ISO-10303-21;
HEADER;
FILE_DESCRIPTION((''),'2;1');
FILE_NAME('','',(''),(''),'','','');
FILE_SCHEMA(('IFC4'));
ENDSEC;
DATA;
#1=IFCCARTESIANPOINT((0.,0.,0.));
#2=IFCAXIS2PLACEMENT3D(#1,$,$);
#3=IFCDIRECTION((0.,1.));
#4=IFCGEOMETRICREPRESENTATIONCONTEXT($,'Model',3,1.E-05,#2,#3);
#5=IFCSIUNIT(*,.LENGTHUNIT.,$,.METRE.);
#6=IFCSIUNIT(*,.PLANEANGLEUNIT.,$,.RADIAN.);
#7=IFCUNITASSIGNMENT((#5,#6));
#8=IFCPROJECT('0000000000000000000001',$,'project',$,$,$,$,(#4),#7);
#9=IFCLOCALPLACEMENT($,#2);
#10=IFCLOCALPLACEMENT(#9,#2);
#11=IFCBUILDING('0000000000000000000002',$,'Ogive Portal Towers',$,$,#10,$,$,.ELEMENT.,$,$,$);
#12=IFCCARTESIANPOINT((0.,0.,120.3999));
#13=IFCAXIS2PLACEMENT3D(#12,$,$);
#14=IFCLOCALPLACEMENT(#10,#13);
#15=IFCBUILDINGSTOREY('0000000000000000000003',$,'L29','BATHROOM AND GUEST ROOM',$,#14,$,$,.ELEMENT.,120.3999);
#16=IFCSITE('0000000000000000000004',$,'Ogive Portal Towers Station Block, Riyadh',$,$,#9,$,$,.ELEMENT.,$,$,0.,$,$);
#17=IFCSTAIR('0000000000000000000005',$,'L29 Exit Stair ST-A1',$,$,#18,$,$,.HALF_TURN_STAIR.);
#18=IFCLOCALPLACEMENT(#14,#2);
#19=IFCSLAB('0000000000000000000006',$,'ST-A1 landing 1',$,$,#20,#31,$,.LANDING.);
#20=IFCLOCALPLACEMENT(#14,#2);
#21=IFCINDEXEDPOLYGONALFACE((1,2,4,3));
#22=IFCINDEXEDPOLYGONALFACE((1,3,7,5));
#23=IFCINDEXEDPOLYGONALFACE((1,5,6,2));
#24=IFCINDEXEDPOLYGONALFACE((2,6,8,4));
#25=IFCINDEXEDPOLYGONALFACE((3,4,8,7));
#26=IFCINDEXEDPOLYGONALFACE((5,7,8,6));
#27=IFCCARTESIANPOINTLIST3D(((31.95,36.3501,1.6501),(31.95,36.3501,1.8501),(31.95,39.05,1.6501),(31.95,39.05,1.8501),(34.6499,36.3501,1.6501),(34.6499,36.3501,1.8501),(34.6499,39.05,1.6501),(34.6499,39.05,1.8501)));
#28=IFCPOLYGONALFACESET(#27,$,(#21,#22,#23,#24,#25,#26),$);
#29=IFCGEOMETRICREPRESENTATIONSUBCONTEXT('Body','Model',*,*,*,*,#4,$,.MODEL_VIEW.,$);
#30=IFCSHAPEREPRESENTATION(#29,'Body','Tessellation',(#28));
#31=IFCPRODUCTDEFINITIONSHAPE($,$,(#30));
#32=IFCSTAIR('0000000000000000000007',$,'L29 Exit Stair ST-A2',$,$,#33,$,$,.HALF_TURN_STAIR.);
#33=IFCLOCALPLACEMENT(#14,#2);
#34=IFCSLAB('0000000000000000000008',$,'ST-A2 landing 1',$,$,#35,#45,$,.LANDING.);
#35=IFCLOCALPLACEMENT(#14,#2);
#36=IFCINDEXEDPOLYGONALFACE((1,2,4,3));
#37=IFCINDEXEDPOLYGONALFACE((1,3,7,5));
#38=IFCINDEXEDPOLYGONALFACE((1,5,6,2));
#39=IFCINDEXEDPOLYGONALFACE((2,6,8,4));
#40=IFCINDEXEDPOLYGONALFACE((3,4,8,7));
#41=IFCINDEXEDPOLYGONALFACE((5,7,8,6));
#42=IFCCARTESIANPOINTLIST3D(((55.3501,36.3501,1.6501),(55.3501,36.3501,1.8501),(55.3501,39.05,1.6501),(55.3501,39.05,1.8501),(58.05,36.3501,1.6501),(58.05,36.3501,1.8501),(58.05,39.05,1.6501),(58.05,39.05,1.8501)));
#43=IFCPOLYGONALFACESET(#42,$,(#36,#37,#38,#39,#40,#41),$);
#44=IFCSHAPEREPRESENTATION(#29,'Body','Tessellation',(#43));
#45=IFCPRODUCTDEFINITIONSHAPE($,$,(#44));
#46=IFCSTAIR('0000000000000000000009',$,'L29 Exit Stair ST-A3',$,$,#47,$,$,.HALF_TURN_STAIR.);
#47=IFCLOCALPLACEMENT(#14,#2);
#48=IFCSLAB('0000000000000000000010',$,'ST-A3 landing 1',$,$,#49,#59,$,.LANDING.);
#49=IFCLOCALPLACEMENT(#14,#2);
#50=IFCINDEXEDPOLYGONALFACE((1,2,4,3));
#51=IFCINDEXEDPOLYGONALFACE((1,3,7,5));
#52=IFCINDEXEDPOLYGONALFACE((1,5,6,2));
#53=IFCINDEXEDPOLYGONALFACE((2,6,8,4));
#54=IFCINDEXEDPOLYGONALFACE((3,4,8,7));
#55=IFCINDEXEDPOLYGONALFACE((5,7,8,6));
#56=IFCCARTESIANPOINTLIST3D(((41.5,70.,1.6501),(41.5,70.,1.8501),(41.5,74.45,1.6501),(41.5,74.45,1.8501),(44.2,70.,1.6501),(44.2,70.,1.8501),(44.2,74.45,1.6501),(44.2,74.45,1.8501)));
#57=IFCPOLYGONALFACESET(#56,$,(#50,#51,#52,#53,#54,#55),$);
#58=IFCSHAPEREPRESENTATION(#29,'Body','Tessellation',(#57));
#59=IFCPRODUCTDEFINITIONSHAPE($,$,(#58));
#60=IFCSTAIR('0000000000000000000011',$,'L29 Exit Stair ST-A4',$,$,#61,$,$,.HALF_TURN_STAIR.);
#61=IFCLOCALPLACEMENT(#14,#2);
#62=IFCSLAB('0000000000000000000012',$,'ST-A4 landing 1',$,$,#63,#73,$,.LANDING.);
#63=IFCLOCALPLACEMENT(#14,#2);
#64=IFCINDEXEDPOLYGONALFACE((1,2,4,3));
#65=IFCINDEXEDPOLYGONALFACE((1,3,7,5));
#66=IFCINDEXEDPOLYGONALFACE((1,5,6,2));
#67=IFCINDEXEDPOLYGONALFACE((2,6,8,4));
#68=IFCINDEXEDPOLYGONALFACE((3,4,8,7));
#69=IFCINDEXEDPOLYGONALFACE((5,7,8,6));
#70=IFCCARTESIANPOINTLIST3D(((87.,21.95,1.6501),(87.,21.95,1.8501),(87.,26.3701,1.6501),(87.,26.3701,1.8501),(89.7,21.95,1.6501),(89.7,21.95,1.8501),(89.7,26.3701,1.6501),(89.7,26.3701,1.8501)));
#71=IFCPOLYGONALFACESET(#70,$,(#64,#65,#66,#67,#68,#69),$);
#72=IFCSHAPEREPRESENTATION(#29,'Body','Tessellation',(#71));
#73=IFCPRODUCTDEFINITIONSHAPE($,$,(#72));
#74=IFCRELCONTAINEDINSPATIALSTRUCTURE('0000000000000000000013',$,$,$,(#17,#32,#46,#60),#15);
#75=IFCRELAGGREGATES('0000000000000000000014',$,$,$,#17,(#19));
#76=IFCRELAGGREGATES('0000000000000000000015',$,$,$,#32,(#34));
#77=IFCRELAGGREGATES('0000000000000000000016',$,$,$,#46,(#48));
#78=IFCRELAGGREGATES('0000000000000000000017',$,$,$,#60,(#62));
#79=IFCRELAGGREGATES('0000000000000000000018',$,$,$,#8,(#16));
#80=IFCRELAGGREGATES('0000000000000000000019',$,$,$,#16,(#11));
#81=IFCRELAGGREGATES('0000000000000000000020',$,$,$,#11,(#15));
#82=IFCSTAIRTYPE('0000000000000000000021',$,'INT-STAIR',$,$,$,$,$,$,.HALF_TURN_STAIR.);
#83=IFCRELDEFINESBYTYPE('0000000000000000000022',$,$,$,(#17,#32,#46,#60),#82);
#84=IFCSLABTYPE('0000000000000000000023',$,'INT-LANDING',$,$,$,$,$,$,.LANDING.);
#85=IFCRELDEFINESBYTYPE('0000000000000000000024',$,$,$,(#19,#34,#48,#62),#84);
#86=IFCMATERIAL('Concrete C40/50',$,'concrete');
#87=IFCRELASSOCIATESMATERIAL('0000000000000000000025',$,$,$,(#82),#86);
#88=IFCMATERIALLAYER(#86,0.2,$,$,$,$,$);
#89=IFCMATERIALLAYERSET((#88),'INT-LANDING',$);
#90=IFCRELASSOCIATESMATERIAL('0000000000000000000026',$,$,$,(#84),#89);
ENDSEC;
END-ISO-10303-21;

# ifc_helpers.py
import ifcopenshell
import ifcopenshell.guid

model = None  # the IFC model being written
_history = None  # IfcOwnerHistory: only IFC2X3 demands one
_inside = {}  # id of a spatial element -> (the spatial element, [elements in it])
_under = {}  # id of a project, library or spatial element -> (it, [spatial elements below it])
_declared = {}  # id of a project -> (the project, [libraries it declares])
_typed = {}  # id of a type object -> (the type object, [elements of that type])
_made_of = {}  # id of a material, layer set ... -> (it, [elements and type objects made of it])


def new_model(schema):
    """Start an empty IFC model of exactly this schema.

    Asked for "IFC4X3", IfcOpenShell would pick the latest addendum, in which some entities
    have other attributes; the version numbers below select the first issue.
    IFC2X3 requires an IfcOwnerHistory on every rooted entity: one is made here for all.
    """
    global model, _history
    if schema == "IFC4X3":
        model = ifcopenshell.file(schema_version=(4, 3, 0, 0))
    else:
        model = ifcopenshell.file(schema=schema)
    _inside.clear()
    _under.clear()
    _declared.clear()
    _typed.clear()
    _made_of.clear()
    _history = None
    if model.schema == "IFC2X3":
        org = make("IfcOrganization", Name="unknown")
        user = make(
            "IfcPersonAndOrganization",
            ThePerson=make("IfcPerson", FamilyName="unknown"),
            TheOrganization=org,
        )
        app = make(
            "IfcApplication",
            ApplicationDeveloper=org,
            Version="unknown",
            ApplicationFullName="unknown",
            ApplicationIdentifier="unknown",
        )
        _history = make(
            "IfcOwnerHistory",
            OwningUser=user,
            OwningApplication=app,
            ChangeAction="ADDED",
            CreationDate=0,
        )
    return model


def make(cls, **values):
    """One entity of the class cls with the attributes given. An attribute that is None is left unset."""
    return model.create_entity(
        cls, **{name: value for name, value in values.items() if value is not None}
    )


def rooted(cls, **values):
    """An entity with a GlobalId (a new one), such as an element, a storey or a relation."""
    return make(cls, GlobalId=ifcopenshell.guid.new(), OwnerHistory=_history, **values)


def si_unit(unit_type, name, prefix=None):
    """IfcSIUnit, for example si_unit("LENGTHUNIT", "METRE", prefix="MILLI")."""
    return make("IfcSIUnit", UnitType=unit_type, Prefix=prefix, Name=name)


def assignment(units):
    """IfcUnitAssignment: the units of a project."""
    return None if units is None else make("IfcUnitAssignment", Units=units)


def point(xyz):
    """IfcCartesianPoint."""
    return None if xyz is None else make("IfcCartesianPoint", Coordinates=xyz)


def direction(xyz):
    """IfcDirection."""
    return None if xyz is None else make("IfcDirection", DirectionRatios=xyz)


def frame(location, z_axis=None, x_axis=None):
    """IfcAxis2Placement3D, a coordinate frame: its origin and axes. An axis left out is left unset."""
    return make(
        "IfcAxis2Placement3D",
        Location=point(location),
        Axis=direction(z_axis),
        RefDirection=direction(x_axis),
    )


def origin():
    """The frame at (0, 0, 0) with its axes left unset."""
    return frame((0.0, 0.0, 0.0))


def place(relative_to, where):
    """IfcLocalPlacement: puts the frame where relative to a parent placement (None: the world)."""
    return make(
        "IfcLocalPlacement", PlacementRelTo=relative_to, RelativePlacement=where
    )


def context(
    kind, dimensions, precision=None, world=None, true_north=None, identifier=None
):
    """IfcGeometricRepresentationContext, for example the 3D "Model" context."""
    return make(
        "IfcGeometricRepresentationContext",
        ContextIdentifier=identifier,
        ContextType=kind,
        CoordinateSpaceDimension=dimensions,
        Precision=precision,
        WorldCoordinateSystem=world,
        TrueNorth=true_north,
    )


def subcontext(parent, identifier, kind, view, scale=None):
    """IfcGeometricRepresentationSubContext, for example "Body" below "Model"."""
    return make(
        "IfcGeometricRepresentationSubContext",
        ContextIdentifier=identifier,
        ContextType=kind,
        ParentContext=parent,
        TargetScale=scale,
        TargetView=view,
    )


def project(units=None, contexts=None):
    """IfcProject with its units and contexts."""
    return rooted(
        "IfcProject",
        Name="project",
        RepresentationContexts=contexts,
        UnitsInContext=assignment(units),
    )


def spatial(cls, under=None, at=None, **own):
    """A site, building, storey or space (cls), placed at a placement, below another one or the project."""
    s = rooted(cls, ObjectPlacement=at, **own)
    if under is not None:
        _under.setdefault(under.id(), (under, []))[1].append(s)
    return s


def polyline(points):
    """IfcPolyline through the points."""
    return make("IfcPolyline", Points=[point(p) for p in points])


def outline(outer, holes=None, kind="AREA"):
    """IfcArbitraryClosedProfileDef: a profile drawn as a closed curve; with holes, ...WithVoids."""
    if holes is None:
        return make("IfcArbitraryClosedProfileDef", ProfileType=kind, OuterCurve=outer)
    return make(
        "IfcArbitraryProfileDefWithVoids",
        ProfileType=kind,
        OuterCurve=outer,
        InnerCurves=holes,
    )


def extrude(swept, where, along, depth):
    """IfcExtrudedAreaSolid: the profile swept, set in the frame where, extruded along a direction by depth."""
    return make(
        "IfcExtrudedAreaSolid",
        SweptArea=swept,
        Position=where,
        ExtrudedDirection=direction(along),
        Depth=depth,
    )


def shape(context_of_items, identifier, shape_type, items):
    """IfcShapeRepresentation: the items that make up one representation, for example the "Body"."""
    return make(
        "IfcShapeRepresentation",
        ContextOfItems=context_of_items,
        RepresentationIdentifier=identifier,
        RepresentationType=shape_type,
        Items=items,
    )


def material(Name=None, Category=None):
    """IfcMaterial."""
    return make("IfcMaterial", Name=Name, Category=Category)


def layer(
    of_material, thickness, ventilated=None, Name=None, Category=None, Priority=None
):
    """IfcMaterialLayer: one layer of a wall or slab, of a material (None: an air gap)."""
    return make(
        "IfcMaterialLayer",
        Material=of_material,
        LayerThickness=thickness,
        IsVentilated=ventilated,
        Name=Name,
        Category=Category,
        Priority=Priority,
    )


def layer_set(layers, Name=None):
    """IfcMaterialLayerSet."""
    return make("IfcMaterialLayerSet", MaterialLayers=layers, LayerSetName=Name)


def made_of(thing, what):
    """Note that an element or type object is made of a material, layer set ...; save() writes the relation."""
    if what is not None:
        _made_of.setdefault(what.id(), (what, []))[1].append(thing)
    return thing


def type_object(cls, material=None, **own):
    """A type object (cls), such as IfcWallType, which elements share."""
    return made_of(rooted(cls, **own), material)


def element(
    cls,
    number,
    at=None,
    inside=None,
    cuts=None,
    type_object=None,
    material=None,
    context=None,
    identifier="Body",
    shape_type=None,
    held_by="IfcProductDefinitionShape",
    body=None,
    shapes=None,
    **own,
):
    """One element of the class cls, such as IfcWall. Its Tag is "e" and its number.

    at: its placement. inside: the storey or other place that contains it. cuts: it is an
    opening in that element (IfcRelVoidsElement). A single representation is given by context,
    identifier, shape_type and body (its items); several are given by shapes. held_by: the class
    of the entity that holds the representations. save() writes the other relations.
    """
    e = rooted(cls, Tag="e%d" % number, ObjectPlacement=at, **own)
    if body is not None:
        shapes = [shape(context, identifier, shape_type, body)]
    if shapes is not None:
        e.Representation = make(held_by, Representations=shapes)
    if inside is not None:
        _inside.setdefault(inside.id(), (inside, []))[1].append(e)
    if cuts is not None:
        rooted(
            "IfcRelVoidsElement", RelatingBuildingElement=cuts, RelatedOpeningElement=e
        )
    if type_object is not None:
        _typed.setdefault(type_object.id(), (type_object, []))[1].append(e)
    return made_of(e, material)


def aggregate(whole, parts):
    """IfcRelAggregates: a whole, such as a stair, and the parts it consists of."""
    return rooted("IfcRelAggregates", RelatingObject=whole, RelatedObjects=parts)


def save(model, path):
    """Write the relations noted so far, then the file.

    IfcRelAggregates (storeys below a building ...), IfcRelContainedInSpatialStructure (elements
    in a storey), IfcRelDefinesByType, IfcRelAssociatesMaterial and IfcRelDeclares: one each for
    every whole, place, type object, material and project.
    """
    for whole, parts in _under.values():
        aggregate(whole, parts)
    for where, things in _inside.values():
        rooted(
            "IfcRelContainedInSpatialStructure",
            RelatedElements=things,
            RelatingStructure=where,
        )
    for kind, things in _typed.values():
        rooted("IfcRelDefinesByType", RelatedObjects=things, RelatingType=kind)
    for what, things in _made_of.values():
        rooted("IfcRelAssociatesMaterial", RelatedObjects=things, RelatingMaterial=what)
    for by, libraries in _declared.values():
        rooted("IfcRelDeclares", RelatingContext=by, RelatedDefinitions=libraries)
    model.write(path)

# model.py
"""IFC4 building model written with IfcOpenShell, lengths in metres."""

from ifc_helpers import new_model, si_unit, direction, frame, origin, place, context, subcontext, project, spatial, polyline, outline, extrude, material, layer, layer_set, type_object, element, aggregate, save


model = new_model("IFC4")

# Units and contexts
model_context = context("Model", 3, precision=1e-05, world=origin(), true_north=direction((0.0, 1.0)))
body_context = subcontext(model_context, "Body", "Model", "MODEL_VIEW")
ifc_project = project(units=[si_unit("LENGTHUNIT", "METRE"), si_unit("PLANEANGLEUNIT", "RADIAN")], contexts=[model_context])

# Site, building, storey
site_placement = place(None, origin())
site = spatial("IfcSite", under=ifc_project, at=site_placement, Name="Ogive Portal Towers Station Block, Riyadh", CompositionType="ELEMENT", RefElevation=0.0)
building_placement = place(site_placement, origin())
building = spatial("IfcBuilding", under=site, at=building_placement, Name="Ogive Portal Towers", CompositionType="ELEMENT")
storey_placement = place(building_placement, frame((0.0, 0.0, 120.3999)))
storey = spatial("IfcBuildingStorey", under=building, at=storey_placement, Name="L29", Description="BATHROOM AND GUEST ROOM", CompositionType="ELEMENT", Elevation=120.3999)

# Stairs, slabs
ifc_material_1 = material(Name="Concrete C40/50", Category="concrete")
stair_type = type_object("IfcStairType", Name="INT-STAIR", PredefinedType="HALF_TURN_STAIR", material=ifc_material_1)
stair_1_placement = place(storey_placement, origin())
stair_1 = element("IfcStair", 1, at=stair_1_placement, inside=storey, type_object=stair_type, Name="L29 Exit Stair ST-A1", PredefinedType="HALF_TURN_STAIR")
ifc_layer_1 = layer(ifc_material_1, 0.2)
ifc_layer_set_1 = layer_set([ifc_layer_1], Name="INT-LANDING")
slab_type_1 = type_object("IfcSlabType", Name="INT-LANDING", PredefinedType="LANDING", material=ifc_layer_set_1)
slab_1_placement = place(storey_placement, frame((0.0, 0.0, 1.6501)))
slab_1 = element("IfcSlab", 2, at=slab_1_placement, type_object=slab_type_1, Name="ST-A1 landing 1", PredefinedType="LANDING", context=body_context, shape_type="SweptSolid", body=[
    extrude(outline(polyline([(34.6499, 39.05), (31.95, 39.05), (31.95, 36.3501), (34.6499, 36.3501), (34.6499, 39.05)])), origin(), (0.0, 0.0, 1.0), 0.2),
])
aggregate(stair_1, [slab_1])
stair_2_placement = place(storey_placement, origin())
stair_2 = element("IfcStair", 3, at=stair_2_placement, inside=storey, type_object=stair_type, Name="L29 Exit Stair ST-A2", PredefinedType="HALF_TURN_STAIR")
slab_2_placement = place(storey_placement, frame((0.0, 0.0, 1.6501)))
slab_2 = element("IfcSlab", 4, at=slab_2_placement, type_object=slab_type_1, Name="ST-A2 landing 1", PredefinedType="LANDING", context=body_context, shape_type="SweptSolid", body=[
    extrude(outline(polyline([(55.3501, 36.3501), (58.05, 36.3501), (58.05, 39.05), (55.3501, 39.05), (55.3501, 36.3501)])), origin(), (0.0, 0.0, 1.0), 0.2),
])
aggregate(stair_2, [slab_2])
stair_3_placement = place(storey_placement, origin())
stair_3 = element("IfcStair", 5, at=stair_3_placement, inside=storey, type_object=stair_type, Name="L29 Exit Stair ST-A3", PredefinedType="HALF_TURN_STAIR")
slab_3_placement = place(storey_placement, frame((0.0, 0.0, 1.6501)))
slab_3 = element("IfcSlab", 6, at=slab_3_placement, type_object=slab_type_1, Name="ST-A3 landing 1", PredefinedType="LANDING", context=body_context, shape_type="SweptSolid", body=[
    extrude(outline(polyline([(44.2, 70.0), (44.2, 74.45), (41.5, 74.45), (41.5, 70.0), (44.2, 70.0)])), origin(), (0.0, 0.0, 1.0), 0.2),
])
aggregate(stair_3, [slab_3])
stair_4_placement = place(storey_placement, origin())
stair_4 = element("IfcStair", 7, at=stair_4_placement, inside=storey, type_object=stair_type, Name="L29 Exit Stair ST-A4", PredefinedType="HALF_TURN_STAIR")
slab_4_placement = place(storey_placement, frame((0.0, 0.0, 1.6501)))
slab_4 = element("IfcSlab", 8, at=slab_4_placement, type_object=slab_type_1, Name="ST-A4 landing 1", PredefinedType="LANDING", context=body_context, shape_type="SweptSolid", body=[
    extrude(outline(polyline([(87.0, 26.3701), (87.0, 21.95), (89.7, 21.95), (89.7, 26.3701), (87.0, 26.3701)])), origin(), (0.0, 0.0, 1.0), 0.2),
])
aggregate(stair_4, [slab_4])

save(model, "model.ifc")
